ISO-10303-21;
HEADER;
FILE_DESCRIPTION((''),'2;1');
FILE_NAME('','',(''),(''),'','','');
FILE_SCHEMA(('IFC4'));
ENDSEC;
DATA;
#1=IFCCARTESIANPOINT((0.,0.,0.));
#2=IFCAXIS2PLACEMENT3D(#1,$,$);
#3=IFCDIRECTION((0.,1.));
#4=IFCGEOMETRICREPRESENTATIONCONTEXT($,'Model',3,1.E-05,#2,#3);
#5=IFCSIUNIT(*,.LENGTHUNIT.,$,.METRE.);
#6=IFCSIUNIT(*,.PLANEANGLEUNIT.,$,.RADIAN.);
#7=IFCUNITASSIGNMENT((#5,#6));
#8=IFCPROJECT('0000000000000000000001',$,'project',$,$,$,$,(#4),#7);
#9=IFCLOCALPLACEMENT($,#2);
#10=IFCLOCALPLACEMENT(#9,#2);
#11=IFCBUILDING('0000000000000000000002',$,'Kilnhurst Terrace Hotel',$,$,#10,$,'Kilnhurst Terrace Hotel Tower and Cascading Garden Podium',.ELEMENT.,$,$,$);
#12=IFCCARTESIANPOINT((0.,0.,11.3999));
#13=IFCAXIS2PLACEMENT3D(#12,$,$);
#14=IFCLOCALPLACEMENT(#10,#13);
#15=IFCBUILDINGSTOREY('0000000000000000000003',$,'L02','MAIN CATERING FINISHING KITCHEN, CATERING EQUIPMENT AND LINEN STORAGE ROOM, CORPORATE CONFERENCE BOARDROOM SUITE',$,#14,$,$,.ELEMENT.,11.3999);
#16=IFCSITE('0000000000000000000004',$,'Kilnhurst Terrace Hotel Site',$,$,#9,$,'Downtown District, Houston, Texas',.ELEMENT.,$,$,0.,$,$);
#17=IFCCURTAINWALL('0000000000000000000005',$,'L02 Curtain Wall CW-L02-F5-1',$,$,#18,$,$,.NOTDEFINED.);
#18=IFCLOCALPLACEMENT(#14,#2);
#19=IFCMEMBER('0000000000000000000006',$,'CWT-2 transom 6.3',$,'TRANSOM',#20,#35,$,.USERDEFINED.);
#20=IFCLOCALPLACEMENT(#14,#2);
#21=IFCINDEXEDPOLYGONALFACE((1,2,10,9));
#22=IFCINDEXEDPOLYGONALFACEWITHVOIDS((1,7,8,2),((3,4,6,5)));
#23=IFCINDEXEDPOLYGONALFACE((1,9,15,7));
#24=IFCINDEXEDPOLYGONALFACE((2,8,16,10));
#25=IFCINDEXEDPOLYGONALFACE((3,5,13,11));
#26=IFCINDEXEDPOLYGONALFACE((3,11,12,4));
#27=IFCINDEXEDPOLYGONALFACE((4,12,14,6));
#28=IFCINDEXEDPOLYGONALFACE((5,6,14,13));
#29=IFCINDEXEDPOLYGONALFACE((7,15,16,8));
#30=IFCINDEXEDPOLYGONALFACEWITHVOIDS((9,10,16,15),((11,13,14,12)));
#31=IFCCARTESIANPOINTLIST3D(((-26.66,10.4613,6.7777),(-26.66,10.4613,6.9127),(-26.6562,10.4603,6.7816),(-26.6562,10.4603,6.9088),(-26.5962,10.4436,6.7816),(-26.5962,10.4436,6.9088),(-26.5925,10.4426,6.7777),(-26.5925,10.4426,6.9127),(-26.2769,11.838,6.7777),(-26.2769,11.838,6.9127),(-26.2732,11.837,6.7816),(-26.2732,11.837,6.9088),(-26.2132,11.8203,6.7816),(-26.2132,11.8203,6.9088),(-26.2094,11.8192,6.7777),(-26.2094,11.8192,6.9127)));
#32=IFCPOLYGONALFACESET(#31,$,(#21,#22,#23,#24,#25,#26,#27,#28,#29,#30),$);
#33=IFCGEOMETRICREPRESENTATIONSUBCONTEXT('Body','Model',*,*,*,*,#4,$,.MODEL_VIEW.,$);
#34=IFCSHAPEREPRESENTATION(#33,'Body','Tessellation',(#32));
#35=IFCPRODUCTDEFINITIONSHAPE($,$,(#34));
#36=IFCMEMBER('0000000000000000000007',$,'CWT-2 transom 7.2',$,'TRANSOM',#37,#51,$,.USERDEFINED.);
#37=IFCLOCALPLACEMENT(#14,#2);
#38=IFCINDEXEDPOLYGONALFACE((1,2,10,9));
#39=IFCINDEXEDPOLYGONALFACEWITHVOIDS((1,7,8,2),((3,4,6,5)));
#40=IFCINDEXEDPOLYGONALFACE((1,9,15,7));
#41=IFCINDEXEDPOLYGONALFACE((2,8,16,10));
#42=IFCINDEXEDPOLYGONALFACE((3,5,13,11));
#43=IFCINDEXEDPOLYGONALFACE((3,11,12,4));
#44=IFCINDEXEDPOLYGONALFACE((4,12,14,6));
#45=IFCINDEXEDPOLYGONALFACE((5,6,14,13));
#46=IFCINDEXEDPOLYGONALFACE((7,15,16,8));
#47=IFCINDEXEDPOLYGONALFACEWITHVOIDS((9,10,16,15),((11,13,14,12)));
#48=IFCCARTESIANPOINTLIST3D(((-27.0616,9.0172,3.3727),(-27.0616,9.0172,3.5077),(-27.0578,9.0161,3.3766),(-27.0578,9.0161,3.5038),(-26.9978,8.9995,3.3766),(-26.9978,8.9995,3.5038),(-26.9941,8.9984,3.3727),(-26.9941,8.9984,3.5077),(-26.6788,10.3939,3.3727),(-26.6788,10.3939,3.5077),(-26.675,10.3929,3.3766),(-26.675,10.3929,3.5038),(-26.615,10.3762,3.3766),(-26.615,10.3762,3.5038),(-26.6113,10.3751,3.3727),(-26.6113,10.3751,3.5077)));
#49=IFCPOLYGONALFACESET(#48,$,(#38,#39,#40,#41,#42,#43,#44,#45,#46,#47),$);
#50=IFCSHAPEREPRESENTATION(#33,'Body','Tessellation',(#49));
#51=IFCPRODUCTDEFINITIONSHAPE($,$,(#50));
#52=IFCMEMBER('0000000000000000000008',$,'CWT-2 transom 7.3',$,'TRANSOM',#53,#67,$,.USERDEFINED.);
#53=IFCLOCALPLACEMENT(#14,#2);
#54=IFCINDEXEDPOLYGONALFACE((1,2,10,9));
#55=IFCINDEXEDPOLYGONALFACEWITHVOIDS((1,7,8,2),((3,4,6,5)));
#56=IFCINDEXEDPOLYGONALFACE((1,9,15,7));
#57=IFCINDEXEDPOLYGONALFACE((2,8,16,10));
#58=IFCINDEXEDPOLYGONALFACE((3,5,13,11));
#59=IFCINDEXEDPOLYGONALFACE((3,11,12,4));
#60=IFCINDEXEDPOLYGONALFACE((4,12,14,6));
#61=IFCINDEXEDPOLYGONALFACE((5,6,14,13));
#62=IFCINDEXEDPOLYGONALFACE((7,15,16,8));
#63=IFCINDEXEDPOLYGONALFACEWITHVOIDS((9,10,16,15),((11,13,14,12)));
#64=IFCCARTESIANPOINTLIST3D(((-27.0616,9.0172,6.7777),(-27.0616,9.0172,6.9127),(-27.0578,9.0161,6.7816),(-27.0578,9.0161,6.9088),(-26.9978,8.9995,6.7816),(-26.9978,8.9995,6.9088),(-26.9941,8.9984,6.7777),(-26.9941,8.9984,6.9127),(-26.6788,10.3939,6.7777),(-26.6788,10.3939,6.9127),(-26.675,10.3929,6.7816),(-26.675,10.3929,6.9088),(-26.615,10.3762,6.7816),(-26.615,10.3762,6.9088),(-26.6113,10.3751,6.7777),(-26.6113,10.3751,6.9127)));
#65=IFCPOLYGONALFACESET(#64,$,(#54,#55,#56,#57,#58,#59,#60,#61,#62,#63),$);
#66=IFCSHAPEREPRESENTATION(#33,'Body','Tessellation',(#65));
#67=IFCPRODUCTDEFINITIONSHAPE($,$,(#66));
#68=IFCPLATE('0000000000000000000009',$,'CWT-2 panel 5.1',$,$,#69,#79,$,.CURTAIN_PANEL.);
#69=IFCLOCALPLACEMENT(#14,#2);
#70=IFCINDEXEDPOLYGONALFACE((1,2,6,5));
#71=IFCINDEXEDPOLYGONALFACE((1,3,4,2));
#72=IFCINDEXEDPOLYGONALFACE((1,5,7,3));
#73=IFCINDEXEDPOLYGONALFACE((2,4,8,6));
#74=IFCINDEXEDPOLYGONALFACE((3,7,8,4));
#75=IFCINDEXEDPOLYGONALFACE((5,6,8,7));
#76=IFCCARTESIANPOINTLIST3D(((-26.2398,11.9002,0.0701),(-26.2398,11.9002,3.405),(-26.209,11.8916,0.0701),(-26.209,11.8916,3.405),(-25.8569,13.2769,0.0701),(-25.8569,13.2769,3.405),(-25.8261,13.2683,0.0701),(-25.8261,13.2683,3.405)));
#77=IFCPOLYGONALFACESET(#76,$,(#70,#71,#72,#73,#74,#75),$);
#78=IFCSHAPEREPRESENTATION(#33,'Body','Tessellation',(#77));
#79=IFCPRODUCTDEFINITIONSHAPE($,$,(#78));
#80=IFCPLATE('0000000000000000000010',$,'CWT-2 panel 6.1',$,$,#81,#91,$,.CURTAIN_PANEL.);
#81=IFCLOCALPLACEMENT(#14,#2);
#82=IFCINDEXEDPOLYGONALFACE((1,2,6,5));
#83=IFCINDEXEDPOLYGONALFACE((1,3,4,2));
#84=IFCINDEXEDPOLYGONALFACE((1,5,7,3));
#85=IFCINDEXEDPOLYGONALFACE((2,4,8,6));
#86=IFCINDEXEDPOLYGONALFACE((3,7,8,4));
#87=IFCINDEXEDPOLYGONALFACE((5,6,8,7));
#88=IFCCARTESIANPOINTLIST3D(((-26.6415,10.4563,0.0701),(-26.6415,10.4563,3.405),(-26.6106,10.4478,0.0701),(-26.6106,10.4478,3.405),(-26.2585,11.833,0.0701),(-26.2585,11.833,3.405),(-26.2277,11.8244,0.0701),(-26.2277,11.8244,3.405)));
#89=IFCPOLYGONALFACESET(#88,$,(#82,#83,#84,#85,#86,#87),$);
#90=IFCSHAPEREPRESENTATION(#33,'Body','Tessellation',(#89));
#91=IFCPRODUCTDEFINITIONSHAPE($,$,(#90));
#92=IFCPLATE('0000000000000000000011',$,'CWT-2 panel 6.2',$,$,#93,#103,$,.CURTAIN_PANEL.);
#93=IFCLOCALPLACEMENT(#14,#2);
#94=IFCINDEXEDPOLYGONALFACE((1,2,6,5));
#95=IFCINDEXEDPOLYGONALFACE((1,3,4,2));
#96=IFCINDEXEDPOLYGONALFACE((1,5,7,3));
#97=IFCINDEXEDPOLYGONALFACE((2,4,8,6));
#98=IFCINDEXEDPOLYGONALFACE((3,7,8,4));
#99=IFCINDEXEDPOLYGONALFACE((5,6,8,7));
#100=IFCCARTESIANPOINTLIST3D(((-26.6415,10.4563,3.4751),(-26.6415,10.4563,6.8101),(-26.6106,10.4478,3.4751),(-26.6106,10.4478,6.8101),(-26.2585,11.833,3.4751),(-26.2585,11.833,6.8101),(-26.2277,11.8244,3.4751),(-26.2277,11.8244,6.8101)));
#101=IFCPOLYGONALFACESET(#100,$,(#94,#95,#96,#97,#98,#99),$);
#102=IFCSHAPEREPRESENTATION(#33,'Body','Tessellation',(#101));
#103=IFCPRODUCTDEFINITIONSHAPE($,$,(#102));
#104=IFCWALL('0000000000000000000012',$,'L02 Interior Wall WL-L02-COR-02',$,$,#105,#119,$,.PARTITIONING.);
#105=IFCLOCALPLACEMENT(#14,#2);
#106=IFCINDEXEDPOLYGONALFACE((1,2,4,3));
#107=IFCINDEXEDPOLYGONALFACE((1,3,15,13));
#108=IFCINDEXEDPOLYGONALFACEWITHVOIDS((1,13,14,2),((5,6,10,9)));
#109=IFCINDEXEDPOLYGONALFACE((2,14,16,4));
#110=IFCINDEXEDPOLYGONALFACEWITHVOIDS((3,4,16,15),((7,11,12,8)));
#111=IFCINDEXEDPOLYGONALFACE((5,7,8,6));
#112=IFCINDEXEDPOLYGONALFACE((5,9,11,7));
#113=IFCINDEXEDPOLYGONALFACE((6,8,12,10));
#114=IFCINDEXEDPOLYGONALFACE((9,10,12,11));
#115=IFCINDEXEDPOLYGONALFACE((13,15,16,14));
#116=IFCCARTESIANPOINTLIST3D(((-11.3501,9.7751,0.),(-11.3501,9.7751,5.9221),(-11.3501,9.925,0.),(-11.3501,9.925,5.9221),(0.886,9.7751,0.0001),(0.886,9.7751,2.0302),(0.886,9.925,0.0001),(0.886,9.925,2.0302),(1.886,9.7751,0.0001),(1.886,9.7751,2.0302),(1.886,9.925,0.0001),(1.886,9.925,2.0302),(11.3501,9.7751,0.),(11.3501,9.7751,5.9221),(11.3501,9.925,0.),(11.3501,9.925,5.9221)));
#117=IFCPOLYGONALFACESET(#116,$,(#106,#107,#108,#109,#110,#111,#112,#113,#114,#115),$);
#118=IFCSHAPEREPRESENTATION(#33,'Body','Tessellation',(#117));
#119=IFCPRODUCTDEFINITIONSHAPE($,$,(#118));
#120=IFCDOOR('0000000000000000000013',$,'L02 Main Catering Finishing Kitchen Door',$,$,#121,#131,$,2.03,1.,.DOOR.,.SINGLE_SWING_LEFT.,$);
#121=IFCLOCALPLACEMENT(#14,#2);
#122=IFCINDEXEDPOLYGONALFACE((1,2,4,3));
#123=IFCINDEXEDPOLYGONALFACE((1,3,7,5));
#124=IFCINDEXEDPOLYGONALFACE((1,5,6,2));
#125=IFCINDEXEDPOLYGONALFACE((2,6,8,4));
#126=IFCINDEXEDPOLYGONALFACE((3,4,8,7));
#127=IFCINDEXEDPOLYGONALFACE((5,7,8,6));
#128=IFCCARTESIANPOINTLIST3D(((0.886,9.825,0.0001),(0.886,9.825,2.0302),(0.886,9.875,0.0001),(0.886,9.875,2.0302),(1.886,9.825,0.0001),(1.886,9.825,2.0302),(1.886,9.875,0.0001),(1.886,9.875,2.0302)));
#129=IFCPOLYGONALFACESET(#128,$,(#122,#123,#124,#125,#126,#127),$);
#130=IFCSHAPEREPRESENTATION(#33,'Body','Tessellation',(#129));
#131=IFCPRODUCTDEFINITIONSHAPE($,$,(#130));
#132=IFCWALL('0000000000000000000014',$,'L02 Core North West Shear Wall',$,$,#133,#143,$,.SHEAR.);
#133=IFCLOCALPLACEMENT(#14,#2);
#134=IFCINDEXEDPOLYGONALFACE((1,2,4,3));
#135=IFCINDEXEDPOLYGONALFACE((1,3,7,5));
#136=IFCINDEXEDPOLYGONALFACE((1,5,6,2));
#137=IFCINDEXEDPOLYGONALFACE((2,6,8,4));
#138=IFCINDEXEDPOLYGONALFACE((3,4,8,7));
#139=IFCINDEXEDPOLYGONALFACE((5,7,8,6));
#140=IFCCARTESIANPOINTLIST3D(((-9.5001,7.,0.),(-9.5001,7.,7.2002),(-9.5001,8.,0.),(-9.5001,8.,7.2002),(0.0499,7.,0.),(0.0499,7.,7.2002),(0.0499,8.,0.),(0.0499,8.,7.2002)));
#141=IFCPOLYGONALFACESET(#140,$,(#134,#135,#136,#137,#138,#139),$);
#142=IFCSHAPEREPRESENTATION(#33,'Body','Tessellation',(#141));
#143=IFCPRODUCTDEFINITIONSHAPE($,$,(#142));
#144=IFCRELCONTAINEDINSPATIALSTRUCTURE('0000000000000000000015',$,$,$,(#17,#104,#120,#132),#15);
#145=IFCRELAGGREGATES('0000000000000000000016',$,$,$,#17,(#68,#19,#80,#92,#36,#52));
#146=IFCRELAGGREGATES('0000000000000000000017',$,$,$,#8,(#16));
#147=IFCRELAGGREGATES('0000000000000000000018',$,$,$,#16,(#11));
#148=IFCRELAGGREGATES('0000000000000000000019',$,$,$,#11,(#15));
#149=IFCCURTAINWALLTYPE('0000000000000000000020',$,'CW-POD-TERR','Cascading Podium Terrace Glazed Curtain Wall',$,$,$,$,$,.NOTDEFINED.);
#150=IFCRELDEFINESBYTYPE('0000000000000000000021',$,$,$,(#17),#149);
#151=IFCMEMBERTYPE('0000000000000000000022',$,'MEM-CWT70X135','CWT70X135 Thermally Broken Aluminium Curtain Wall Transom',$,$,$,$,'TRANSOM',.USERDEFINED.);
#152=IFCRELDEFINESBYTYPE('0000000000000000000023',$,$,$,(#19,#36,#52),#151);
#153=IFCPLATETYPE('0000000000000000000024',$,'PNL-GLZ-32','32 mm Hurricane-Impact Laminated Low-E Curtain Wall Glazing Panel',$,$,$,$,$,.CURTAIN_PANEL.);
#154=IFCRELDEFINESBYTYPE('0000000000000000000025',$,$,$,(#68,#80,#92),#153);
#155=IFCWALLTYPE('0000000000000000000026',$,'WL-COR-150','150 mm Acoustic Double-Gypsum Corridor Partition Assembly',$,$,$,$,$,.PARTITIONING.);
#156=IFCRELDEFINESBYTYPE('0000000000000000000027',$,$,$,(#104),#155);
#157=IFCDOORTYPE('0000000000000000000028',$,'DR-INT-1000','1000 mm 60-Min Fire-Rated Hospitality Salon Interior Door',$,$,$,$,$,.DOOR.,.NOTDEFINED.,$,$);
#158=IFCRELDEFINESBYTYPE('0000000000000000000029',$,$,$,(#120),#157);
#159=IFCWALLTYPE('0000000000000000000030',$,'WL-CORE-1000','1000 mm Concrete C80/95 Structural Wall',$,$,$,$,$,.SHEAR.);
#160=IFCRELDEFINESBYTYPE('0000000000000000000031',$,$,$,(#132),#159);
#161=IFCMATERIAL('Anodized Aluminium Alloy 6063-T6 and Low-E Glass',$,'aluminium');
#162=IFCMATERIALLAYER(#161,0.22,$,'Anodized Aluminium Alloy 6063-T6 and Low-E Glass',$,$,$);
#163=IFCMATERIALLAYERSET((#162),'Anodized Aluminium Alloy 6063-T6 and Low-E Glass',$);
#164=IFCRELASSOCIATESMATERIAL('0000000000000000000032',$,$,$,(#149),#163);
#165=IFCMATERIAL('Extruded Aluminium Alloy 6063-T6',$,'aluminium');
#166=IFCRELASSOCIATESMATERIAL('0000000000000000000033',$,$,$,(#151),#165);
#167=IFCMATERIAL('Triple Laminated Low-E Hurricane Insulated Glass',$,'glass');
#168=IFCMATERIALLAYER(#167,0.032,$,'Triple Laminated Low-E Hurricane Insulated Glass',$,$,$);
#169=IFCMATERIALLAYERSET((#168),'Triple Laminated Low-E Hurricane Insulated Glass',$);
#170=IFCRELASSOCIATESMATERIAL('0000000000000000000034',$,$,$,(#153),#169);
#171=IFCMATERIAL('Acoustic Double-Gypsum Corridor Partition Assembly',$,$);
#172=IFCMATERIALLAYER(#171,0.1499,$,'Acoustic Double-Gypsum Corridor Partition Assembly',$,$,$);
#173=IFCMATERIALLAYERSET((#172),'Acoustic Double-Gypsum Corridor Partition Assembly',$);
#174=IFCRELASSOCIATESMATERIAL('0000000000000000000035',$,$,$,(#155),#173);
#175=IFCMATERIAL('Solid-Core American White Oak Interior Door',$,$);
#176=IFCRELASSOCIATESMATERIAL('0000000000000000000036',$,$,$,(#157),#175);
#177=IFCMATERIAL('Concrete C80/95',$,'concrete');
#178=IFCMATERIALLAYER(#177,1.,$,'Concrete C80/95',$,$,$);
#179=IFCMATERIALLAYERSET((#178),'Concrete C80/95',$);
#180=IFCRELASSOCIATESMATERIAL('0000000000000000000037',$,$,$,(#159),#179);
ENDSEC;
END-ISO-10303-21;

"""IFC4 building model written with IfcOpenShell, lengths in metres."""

from ifc_helpers import new_model, si_unit, direction, frame, frame_2d, origin, origin_2d, place, context, subcontext, project, spatial, rectangle, hollow_rectangle, extrude, material, layer, layer_set, material_profile, profile_set, type_object, element, fill, aggregate, save


model = new_model("IFC4")

# Units and contexts
model_context = context("Model", 3, precision=1e-05, world=origin(), true_north=direction((0.0, 1.0)))
body_context = subcontext(model_context, "Body", "Model", "MODEL_VIEW")
ifc_project = project(units=[si_unit("LENGTHUNIT", "METRE"), si_unit("PLANEANGLEUNIT", "RADIAN")], contexts=[model_context])

# Site, building, storey
site_placement = place(None, origin())
site = spatial("IfcSite", under=ifc_project, at=site_placement, Name="Kilnhurst Terrace Hotel Site", LongName="Downtown District, Houston, Texas", CompositionType="ELEMENT", RefElevation=0.0)
building_placement = place(site_placement, origin())
building = spatial("IfcBuilding", under=site, at=building_placement, Name="Kilnhurst Terrace Hotel", LongName="Kilnhurst Terrace Hotel Tower and Cascading Garden Podium", CompositionType="ELEMENT")
storey_placement = place(building_placement, frame((0.0, 0.0, 11.3999)))
storey = spatial("IfcBuildingStorey", under=building, at=storey_placement, Name="L02", Description="MAIN CATERING FINISHING KITCHEN, CATERING EQUIPMENT AND LINEN STORAGE ROOM, CORPORATE CONFERENCE BOARDROOM SUITE", CompositionType="ELEMENT", Elevation=11.3999)

# Shared definitions
ifc_material_1 = material(Name="Concrete C80/95", Category="concrete")

# Curtain wall, members, plates
ifc_material_2 = material(Name="Anodized Aluminium Alloy 6063-T6 and Low-E Glass", Category="aluminium")
ifc_layer_1 = layer(ifc_material_2, 0.22, Name="Anodized Aluminium Alloy 6063-T6 and Low-E Glass")
ifc_layer_set_1 = layer_set([ifc_layer_1], Name="Anodized Aluminium Alloy 6063-T6 and Low-E Glass")
curtain_wall_type = type_object("IfcCurtainWallType", Name="CW-POD-TERR", Description="Cascading Podium Terrace Glazed Curtain Wall", PredefinedType="NOTDEFINED", material=ifc_layer_set_1)
curtain_wall_placement = place(storey_placement, origin())
curtain_wall = element("IfcCurtainWall", 1, at=curtain_wall_placement, inside=storey, type_object=curtain_wall_type, Name="L02 Curtain Wall CW-L02-F5-1", PredefinedType="NOTDEFINED")
ifc_material_3 = material(Name="Extruded Aluminium Alloy 6063-T6", Category="aluminium")
ifc_material_profile_1 = material_profile(ifc_material_3, hollow_rectangle(XDim=0.0701, YDim=0.135, WallThickness=0.0039, at=origin_2d()), Name="CWT70X135")
ifc_profile_set_1 = profile_set([ifc_material_profile_1], Name="Extruded Aluminium Alloy 6063-T6")
member_type_1 = type_object("IfcMemberType", Name="MEM-CWT70X135", Description="CWT70X135 Thermally Broken Aluminium Curtain Wall Transom", ElementType="TRANSOM", PredefinedType="USERDEFINED", material=ifc_profile_set_1)
member_1_placement = place(storey_placement, frame((-26.2432, 11.8286, 6.8452), z_axis=(-0.268058, -0.963403, 0.0), x_axis=(0.963403, -0.268058, 0.0)))
member_1 = element("IfcMember", 2, at=member_1_placement, type_object=member_type_1, Name="CWT-2 transom 6.3", ObjectType="TRANSOM", PredefinedType="USERDEFINED", context=body_context, shape_type="SweptSolid", body=[
    extrude(hollow_rectangle(XDim=0.0701, YDim=0.135, WallThickness=0.0039, at=origin_2d()), origin(), (0.0, 0.0, 1.0), 1.429),
])
member_2_placement = place(storey_placement, frame((-26.645, 10.3845, 3.4402), z_axis=(-0.267899, -0.963447, 0.0), x_axis=(0.963447, -0.267899, 0.0)))
member_2 = element("IfcMember", 3, at=member_2_placement, type_object=member_type_1, Name="CWT-2 transom 7.2", ObjectType="TRANSOM", PredefinedType="USERDEFINED", context=body_context, shape_type="SweptSolid", body=[
    extrude(hollow_rectangle(XDim=0.0701, YDim=0.135, WallThickness=0.0039, at=origin_2d()), origin(), (0.0, 0.0, 1.0), 1.429),
])
member_3_placement = place(storey_placement, frame((-26.645, 10.3845, 6.8452), z_axis=(-0.267899, -0.963447, 0.0), x_axis=(0.963447, -0.267899, 0.0)))
member_3 = element("IfcMember", 4, at=member_3_placement, type_object=member_type_1, Name="CWT-2 transom 7.3", ObjectType="TRANSOM", PredefinedType="USERDEFINED", context=body_context, shape_type="SweptSolid", body=[
    extrude(hollow_rectangle(XDim=0.0701, YDim=0.135, WallThickness=0.0039, at=origin_2d()), origin(), (0.0, 0.0, 1.0), 1.429),
])
ifc_material_4 = material(Name="Triple Laminated Low-E Hurricane Insulated Glass", Category="glass")
ifc_layer_2 = layer(ifc_material_4, 0.032, Name="Triple Laminated Low-E Hurricane Insulated Glass")
ifc_layer_set_2 = layer_set([ifc_layer_2], Name="Triple Laminated Low-E Hurricane Insulated Glass")
plate_type = type_object("IfcPlateType", Name="PNL-GLZ-32", Description="32 mm Hurricane-Impact Laminated Low-E Curtain Wall Glazing Panel", PredefinedType="CURTAIN_PANEL", material=ifc_layer_set_2)
plate_1_placement = place(storey_placement, frame((-26.033, 12.5842, 0.0701), z_axis=(0.0, 0.0, 1.0), x_axis=(-0.267992, -0.963421, 0.0)))
plate_1 = element("IfcPlate", 5, at=plate_1_placement, type_object=plate_type, Name="CWT-2 panel 5.1", PredefinedType="CURTAIN_PANEL", context=body_context, shape_type="SweptSolid", body=[
    extrude(rectangle(XDim=1.429, YDim=0.032, at=origin_2d()), origin(), (0.0, 0.0, 1.0), 3.335),
])
plate_2_placement = place(storey_placement, frame((-26.4346, 11.1404, 0.0701), z_axis=(0.0, 0.0, 1.0), x_axis=(-0.267992, -0.963421, 0.0)))
plate_2 = element("IfcPlate", 6, at=plate_2_placement, type_object=plate_type, Name="CWT-2 panel 6.1", PredefinedType="CURTAIN_PANEL", context=body_context, shape_type="SweptSolid", body=[
    extrude(rectangle(XDim=1.429, YDim=0.032, at=origin_2d()), origin(), (0.0, 0.0, 1.0), 3.335),
])
plate_3_placement = place(storey_placement, frame((-26.4346, 11.1404, 3.4751), z_axis=(0.0, 0.0, 1.0), x_axis=(-0.267992, -0.963421, 0.0)))
plate_3 = element("IfcPlate", 7, at=plate_3_placement, type_object=plate_type, Name="CWT-2 panel 6.2", PredefinedType="CURTAIN_PANEL", context=body_context, shape_type="SweptSolid", body=[
    extrude(rectangle(XDim=1.429, YDim=0.032, at=origin_2d()), origin(), (0.0, 0.0, 1.0), 3.335),
])
aggregate(curtain_wall, [plate_1, member_1, plate_2, plate_3, member_2, member_3])

# Wall, opening, door
ifc_material_5 = material(Name="Acoustic Double-Gypsum Corridor Partition Assembly")
ifc_layer_3 = layer(ifc_material_5, 0.1499, Name="Acoustic Double-Gypsum Corridor Partition Assembly")
ifc_layer_set_3 = layer_set([ifc_layer_3], Name="Acoustic Double-Gypsum Corridor Partition Assembly")
wall_type_1 = type_object("IfcWallType", Name="WL-COR-150", Description="150 mm Acoustic Double-Gypsum Corridor Partition Assembly", PredefinedType="PARTITIONING", material=ifc_layer_set_3)
wall_1_placement = place(storey_placement, frame((-11.3501, 9.8501, 0.0), z_axis=(0.0, 0.0, 1.0), x_axis=(1.0, 0.0, 0.0)))
wall_1 = element("IfcWall", 8, at=wall_1_placement, inside=storey, type_object=wall_type_1, Name="L02 Interior Wall WL-L02-COR-02", PredefinedType="PARTITIONING", context=body_context, shape_type="SweptSolid", body=[
    extrude(rectangle(XDim=22.7002, YDim=0.1499, at=frame_2d((11.3501, 0.0))), origin(), (0.0, 0.0, 1.0), 5.9221),
])
opening_1_placement = place(wall_1_placement, frame((12.2361, 0.0, 0.0)))
opening_1 = element("IfcOpeningElement", 9, at=opening_1_placement, cuts=wall_1, PredefinedType="OPENING", context=body_context, shape_type="SweptSolid", body=[
    extrude(rectangle(XDim=1.0, YDim=2.03, at=frame_2d((0.5, 1.0151))), frame((0.0, 0.085, 0.0), z_axis=(0.0, -1.0, 0.0), x_axis=(1.0, 0.0, 0.0)), (0.0, 0.0, 1.0), 0.1699),
])
ifc_material_6 = material(Name="Solid-Core American White Oak Interior Door")
door_type_1 = type_object("IfcDoorType", Name="DR-INT-1000", Description="1000 mm 60-Min Fire-Rated Hospitality Salon Interior Door", OperationType="NOTDEFINED", PredefinedType="DOOR", material=ifc_material_6)
door_1_placement = place(opening_1_placement, origin())
door_1 = element("IfcDoor", 10, at=door_1_placement, inside=storey, type_object=door_type_1, Name="L02 Main Catering Finishing Kitchen Door", OperationType="SINGLE_SWING_LEFT", OverallHeight=2.03, OverallWidth=1.0, PredefinedType="DOOR", context=body_context, shape_type="SweptSolid", body=[
    extrude(rectangle(XDim=1.0, YDim=2.03, at=frame_2d((0.5, 1.0151))), frame((0.0, 0.0249, 0.0), z_axis=(0.0, -1.0, 0.0), x_axis=(1.0, 0.0, 0.0)), (0.0, 0.0, 1.0), 0.05),
])
fill(opening_1, door_1)

# Wall
ifc_layer_4 = layer(ifc_material_1, 1.0, Name="Concrete C80/95")
ifc_layer_set_4 = layer_set([ifc_layer_4], Name="Concrete C80/95")
wall_type_2 = type_object("IfcWallType", Name="WL-CORE-1000", Description="1000 mm Concrete C80/95 Structural Wall", PredefinedType="SHEAR", material=ifc_layer_set_4)
wall_2_placement = place(storey_placement, frame((-9.5, 7.5, 0.0), z_axis=(0.0, 0.0, 1.0), x_axis=(1.0, 0.0, 0.0)))
element("IfcWall", 11, at=wall_2_placement, inside=storey, type_object=wall_type_2, Name="L02 Core North West Shear Wall", PredefinedType="SHEAR", context=body_context, shape_type="SweptSolid", body=[
    extrude(rectangle(XDim=9.55, YDim=1.0, at=frame_2d((4.7749, 0.0))), origin(), (0.0, 0.0, 1.0), 7.2002),
])

save(model, "model.ifc")
